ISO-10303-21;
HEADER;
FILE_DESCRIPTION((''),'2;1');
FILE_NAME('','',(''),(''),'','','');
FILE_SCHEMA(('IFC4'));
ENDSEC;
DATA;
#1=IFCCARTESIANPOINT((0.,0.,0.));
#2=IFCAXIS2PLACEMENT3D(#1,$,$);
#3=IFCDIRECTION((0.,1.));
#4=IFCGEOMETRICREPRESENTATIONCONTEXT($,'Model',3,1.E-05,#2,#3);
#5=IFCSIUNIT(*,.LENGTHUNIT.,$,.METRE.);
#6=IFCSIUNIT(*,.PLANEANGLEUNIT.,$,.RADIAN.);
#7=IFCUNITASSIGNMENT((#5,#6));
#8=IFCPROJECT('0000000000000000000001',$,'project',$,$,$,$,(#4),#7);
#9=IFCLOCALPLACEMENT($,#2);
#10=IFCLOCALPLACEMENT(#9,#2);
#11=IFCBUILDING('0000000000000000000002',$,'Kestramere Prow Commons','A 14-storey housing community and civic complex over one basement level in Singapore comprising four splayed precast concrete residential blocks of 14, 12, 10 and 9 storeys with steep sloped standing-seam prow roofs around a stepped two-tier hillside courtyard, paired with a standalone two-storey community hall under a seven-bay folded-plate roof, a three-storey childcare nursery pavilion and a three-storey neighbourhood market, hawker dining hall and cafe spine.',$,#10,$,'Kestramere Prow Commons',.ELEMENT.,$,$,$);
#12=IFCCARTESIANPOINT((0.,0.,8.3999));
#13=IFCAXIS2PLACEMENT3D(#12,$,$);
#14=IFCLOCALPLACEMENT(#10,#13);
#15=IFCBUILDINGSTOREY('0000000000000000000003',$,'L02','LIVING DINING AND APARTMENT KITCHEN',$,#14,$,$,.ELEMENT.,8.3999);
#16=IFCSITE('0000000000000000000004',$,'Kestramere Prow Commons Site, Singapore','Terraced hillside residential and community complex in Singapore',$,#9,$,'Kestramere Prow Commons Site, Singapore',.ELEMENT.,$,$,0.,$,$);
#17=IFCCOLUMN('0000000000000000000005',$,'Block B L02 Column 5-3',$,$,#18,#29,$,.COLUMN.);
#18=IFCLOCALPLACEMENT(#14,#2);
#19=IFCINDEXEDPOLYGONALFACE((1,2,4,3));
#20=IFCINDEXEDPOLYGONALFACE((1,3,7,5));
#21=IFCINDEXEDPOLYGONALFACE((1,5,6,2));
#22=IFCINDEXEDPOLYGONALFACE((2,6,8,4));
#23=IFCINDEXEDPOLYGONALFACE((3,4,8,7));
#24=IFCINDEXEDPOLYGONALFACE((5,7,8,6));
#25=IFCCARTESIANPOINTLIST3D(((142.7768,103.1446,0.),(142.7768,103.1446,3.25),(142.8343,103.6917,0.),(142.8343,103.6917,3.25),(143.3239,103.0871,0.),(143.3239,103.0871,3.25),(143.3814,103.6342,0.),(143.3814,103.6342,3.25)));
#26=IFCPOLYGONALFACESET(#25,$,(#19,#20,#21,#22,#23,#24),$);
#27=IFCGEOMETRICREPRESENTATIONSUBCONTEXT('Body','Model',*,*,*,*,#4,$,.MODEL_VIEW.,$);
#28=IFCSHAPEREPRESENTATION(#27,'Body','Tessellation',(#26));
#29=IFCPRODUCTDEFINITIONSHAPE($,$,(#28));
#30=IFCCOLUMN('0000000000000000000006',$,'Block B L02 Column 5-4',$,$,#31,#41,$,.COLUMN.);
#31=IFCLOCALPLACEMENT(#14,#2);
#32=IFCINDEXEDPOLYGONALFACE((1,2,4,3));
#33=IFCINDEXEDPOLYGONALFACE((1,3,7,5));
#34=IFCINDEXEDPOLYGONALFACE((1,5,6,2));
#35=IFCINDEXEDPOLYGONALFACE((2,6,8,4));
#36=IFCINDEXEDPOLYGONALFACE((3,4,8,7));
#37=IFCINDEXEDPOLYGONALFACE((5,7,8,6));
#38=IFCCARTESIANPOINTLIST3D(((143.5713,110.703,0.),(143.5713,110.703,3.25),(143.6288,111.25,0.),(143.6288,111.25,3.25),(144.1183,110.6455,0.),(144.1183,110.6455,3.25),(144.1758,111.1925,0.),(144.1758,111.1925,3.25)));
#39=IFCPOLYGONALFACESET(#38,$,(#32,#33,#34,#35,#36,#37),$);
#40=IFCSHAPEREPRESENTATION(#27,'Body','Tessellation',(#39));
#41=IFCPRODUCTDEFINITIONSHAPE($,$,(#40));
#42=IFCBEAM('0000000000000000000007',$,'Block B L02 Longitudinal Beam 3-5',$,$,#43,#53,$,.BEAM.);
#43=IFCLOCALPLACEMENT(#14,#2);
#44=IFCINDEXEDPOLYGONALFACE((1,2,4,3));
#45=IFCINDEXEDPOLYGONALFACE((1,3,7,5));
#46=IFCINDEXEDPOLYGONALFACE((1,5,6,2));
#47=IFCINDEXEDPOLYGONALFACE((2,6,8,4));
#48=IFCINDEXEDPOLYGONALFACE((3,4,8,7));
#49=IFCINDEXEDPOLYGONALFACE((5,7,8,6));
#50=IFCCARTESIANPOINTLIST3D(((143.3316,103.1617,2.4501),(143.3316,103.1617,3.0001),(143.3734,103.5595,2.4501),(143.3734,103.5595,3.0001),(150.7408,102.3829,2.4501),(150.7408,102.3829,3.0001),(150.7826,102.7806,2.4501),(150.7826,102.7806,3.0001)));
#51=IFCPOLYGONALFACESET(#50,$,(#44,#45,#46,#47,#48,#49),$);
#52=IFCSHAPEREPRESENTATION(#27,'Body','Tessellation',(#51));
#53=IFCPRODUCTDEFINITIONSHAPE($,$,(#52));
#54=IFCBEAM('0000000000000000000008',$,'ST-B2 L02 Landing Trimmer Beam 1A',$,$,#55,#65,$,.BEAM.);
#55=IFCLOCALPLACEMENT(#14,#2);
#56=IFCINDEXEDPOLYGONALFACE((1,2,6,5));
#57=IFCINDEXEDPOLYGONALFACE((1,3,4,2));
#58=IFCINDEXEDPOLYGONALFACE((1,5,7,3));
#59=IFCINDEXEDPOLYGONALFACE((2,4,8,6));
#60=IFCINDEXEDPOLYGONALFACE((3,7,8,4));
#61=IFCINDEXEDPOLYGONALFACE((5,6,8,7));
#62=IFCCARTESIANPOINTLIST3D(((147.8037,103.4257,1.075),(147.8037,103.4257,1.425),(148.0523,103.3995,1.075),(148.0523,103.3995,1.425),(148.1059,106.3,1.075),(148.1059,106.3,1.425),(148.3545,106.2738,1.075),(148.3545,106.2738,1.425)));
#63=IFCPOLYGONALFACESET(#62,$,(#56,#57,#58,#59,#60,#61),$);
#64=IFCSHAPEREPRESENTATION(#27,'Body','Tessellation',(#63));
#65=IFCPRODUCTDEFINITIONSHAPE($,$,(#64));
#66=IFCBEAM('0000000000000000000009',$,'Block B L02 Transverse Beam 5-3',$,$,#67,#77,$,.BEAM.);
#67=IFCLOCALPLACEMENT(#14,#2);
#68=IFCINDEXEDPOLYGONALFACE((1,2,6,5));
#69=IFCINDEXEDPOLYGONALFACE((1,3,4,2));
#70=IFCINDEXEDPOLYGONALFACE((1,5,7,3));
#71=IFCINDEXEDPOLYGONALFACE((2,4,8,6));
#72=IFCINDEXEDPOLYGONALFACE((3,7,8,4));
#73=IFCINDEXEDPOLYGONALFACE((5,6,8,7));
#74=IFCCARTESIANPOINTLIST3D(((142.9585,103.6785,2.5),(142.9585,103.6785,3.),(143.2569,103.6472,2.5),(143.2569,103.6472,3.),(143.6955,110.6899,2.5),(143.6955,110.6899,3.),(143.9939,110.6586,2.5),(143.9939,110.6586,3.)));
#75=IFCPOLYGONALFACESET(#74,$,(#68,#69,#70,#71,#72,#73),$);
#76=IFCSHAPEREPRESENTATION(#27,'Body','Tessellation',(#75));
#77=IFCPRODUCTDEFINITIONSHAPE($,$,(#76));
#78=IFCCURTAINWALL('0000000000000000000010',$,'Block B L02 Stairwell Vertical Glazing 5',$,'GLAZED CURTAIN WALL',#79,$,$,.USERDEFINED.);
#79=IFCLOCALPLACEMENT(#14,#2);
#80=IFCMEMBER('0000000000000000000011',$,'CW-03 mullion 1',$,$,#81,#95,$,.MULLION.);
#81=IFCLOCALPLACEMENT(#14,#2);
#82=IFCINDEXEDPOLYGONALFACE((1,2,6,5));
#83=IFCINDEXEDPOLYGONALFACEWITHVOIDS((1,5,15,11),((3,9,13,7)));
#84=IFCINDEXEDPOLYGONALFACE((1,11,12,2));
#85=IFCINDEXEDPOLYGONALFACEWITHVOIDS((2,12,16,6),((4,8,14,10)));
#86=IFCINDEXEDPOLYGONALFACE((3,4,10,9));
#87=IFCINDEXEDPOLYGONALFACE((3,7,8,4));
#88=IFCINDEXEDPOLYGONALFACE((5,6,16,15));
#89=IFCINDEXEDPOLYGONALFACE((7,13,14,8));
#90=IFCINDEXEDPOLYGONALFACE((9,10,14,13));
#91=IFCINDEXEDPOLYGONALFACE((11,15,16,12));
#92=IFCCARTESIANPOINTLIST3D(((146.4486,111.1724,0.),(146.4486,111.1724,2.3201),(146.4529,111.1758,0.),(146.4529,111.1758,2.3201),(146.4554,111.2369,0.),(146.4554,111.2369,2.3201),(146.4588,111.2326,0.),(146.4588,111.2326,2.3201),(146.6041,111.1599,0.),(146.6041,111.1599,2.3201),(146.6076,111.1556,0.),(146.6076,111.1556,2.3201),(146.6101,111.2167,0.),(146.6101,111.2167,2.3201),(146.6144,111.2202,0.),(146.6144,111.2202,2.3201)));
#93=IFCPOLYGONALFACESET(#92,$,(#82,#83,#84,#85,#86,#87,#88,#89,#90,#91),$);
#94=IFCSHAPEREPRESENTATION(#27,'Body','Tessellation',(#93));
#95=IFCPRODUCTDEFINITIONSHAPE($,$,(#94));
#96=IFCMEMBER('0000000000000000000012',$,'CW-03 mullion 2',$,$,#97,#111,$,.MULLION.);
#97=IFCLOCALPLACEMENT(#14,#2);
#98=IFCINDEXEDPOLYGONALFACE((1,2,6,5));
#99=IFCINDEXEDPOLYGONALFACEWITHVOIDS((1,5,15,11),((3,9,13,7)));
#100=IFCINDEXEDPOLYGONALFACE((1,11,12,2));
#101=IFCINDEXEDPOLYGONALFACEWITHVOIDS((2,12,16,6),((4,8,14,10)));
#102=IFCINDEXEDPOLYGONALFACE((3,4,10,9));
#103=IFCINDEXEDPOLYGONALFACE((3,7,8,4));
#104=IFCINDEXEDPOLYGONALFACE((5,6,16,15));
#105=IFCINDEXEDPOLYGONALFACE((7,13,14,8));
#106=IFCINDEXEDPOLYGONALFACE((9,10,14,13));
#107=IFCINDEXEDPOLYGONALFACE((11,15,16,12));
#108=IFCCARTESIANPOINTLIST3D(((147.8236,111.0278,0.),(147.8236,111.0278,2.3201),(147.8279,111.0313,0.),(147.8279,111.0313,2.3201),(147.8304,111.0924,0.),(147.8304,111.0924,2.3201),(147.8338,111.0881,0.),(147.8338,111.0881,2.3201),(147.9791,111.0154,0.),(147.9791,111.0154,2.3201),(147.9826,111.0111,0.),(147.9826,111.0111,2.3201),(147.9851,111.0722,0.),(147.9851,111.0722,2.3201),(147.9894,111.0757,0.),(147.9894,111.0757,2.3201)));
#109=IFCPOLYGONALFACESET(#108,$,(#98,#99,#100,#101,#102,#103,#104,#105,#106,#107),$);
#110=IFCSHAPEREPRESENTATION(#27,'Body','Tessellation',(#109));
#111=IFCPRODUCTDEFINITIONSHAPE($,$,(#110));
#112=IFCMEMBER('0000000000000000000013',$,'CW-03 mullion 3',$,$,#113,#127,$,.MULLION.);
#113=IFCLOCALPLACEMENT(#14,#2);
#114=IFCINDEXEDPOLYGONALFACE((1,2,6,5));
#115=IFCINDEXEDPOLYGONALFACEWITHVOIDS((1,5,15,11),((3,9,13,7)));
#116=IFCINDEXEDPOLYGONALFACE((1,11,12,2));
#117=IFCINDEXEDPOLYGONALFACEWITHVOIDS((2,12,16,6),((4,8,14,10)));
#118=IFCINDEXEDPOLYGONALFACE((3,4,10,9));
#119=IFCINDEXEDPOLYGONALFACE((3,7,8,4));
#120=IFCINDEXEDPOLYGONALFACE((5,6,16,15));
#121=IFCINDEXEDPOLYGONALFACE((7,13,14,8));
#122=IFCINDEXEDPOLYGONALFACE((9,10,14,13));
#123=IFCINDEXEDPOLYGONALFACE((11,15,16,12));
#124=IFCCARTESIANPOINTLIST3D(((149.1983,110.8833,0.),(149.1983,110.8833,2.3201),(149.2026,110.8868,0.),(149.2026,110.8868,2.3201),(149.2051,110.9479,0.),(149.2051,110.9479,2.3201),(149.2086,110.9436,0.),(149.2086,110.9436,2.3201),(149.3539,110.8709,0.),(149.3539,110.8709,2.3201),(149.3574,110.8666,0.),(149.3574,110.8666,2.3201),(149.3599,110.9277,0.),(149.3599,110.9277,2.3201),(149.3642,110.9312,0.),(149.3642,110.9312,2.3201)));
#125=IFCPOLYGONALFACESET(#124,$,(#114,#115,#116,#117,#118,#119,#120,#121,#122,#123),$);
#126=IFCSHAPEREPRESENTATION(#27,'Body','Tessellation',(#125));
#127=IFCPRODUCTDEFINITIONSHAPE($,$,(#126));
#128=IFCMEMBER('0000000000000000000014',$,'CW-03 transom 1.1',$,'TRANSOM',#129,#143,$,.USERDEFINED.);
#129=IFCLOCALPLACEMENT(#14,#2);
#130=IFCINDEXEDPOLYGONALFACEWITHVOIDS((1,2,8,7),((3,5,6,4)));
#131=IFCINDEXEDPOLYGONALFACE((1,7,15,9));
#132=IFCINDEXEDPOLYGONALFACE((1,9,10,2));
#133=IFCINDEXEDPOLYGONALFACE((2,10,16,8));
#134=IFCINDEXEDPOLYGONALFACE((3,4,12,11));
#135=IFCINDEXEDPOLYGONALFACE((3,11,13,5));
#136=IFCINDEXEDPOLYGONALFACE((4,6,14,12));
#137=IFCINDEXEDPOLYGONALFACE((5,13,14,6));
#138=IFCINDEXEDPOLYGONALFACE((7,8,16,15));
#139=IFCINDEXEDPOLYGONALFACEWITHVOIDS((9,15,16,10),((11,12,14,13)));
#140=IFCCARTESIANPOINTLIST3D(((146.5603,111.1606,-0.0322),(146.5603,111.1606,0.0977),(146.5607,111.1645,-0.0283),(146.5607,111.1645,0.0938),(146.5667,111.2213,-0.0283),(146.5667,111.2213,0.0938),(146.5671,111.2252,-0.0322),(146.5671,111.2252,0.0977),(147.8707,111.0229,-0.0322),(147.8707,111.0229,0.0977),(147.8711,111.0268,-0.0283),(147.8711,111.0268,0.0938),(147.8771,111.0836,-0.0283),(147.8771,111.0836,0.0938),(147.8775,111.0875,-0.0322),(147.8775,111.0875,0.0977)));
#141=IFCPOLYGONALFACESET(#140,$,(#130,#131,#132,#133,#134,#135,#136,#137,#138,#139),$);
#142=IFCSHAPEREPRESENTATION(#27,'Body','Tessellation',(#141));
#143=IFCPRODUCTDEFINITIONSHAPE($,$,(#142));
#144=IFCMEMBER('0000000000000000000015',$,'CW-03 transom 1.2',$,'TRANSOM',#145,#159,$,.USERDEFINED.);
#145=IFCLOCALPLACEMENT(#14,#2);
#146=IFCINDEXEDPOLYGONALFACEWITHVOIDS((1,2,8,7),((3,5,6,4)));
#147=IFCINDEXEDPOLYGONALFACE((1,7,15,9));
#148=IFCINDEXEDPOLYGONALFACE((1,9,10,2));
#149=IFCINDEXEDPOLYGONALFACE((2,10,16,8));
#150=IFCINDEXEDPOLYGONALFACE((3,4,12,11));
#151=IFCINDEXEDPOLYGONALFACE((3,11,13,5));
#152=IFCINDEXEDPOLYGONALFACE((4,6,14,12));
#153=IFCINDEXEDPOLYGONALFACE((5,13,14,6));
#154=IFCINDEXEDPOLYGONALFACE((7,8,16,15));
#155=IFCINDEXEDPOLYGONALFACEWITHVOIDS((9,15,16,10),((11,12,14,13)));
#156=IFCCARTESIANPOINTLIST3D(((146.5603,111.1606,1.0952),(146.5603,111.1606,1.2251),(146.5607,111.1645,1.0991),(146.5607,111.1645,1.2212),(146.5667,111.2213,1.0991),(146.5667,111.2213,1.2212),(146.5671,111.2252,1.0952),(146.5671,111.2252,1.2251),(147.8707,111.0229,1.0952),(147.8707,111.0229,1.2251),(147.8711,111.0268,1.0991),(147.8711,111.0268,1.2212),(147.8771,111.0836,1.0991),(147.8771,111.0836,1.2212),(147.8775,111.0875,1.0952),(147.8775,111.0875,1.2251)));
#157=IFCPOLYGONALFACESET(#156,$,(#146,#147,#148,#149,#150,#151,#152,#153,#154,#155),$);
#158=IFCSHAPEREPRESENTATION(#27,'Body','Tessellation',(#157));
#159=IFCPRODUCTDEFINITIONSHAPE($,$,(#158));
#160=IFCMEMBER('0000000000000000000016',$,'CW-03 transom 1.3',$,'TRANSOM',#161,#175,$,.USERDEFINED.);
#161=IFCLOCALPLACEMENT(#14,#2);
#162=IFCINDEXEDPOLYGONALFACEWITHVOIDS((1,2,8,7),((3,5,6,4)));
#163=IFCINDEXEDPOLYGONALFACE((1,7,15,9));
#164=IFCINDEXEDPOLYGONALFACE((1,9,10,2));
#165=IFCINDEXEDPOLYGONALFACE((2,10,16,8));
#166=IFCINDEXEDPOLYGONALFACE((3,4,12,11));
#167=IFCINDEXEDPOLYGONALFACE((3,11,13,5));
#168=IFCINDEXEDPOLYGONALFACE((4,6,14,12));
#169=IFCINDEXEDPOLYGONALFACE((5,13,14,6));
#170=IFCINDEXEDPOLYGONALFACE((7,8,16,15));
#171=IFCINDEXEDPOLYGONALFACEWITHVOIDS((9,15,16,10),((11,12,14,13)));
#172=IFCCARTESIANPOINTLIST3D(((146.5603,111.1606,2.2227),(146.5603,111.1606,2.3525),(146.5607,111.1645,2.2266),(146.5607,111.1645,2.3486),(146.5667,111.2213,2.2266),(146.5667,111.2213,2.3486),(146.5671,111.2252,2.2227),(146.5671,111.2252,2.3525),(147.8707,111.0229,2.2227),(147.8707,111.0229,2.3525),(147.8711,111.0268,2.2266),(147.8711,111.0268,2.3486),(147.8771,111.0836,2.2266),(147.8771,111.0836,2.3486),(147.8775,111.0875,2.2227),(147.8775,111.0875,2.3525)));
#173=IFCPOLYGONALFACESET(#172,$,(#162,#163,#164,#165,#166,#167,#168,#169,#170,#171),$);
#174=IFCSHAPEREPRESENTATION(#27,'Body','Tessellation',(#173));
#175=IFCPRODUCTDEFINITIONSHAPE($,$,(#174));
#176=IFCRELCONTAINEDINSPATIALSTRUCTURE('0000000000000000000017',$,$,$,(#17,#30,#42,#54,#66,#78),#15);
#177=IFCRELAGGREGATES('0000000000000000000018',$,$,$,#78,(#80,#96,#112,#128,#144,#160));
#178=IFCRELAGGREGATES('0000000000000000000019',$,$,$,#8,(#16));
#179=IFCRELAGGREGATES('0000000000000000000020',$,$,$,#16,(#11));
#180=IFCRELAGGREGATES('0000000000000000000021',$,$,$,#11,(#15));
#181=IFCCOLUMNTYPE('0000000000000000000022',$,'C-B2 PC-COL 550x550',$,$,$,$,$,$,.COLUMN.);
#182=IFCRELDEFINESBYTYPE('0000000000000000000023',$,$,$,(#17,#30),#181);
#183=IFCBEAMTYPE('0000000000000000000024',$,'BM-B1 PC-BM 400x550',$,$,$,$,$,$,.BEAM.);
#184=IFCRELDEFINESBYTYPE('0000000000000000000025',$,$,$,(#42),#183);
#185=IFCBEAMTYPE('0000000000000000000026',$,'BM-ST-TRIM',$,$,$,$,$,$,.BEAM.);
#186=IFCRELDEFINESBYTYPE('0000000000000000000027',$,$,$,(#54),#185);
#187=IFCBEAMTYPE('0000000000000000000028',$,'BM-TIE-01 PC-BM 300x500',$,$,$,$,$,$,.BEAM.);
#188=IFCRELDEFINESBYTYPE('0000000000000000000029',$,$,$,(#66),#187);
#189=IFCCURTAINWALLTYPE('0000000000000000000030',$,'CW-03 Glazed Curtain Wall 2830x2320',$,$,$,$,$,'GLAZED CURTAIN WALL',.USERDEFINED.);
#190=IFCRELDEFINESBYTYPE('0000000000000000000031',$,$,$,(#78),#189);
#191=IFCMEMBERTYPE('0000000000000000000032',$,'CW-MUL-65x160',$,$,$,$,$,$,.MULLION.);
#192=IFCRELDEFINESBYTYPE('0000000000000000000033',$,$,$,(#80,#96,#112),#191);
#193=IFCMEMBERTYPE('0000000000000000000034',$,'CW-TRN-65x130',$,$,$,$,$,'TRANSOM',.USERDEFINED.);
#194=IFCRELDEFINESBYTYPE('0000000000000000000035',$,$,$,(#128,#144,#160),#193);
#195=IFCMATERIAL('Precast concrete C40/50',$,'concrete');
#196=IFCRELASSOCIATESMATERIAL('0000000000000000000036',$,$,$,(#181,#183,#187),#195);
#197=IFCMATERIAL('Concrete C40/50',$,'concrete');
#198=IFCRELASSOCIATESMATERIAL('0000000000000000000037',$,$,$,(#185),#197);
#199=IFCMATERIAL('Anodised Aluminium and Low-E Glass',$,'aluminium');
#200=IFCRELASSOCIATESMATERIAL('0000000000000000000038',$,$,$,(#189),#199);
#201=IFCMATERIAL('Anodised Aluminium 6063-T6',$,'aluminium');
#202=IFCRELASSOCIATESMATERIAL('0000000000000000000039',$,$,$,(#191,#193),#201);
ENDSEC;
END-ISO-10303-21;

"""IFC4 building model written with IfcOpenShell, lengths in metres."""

from ifc_helpers import new_model, si_unit, direction, frame, origin, origin_2d, place, context, subcontext, project, spatial, rectangle, hollow_rectangle, extrude, material, material_profile, profile_set, type_object, element, aggregate, save


model = new_model("IFC4")

# Units and contexts
model_context = context("Model", 3, precision=1e-05, world=origin(), true_north=direction((0.0, 1.0)))
body_context = subcontext(model_context, "Body", "Model", "MODEL_VIEW")
ifc_project = project(units=[si_unit("LENGTHUNIT", "METRE"), si_unit("PLANEANGLEUNIT", "RADIAN")], contexts=[model_context])

# Site, building, storey
site_placement = place(None, origin())
site = spatial("IfcSite", under=ifc_project, at=site_placement, Name="Kestramere Prow Commons Site, Singapore", Description="Terraced hillside residential and community complex in Singapore", LongName="Kestramere Prow Commons Site, Singapore", CompositionType="ELEMENT", RefElevation=0.0)
building_placement = place(site_placement, origin())
building = spatial("IfcBuilding", under=site, at=building_placement, Name="Kestramere Prow Commons", Description="A 14-storey housing community and civic complex over one basement level in Singapore comprising four splayed precast concrete residential blocks of 14, 12, 10 and 9 storeys with steep sloped standing-seam prow roofs around a stepped two-tier hillside courtyard, paired with a standalone two-storey community hall under a seven-bay folded-plate roof, a three-storey childcare nursery pavilion and a three-storey neighbourhood market, hawker dining hall and cafe spine.", LongName="Kestramere Prow Commons", CompositionType="ELEMENT")
storey_placement = place(building_placement, frame((0.0, 0.0, 8.3999)))
storey = spatial("IfcBuildingStorey", under=building, at=storey_placement, Name="L02", Description="LIVING DINING AND APARTMENT KITCHEN", CompositionType="ELEMENT", Elevation=8.3999)

# Columns
ifc_material_1 = material(Name="Precast concrete C40/50", Category="concrete")
ifc_material_profile_1 = material_profile(ifc_material_1, rectangle(XDim=0.55, YDim=0.55, at=origin_2d()), Name="PC-COL 550x550")
ifc_profile_set_1 = profile_set([ifc_material_profile_1], Name="Precast concrete C40/50")
column_type = type_object("IfcColumnType", Name="C-B2 PC-COL 550x550", PredefinedType="COLUMN", material=ifc_profile_set_1)
for number, where, z_axis, x_axis, name in (
    (1, (143.0791, 103.3894, 0.0), (0.0, 0.0, 1.0), (0.994522, -0.104528, 0.0), "Block B L02 Column 5-3"),
    (2, (143.8735, 110.9478, 0.0), (0.0, 0.0, 1.0), (0.994522, -0.104528, 0.0), "Block B L02 Column 5-4"),
):
    element("IfcColumn", number, at=place(storey_placement, frame(where, z_axis=z_axis, x_axis=x_axis)), inside=storey, type_object=column_type, Name=name, PredefinedType="COLUMN", context=body_context, shape_type="SweptSolid", body=[
        extrude(rectangle(XDim=0.55, YDim=0.55, at=origin_2d()), origin(), (0.0, 0.0, 1.0), 3.25),
    ])

# Beams
ifc_material_profile_2 = material_profile(ifc_material_1, rectangle(XDim=0.3999, YDim=0.55, at=origin_2d()), Name="PC-BM 400x550")
ifc_profile_set_2 = profile_set([ifc_material_profile_2], Name="Precast concrete C40/50")
beam_type_1 = type_object("IfcBeamType", Name="BM-B1 PC-BM 400x550", PredefinedType="BEAM", material=ifc_profile_set_2)
beam_1_placement = place(storey_placement, frame((143.3525, 103.3606, 2.7251), z_axis=(0.994521, -0.104538, 0.0), x_axis=(0.104538, 0.994521, 0.0)))
element("IfcBeam", 3, at=beam_1_placement, inside=storey, type_object=beam_type_1, Name="Block B L02 Longitudinal Beam 3-5", PredefinedType="BEAM", context=body_context, shape_type="SweptSolid", body=[
    extrude(rectangle(XDim=0.3999, YDim=0.55, at=origin_2d()), origin(), (0.0, 0.0, 1.0), 7.45),
])
ifc_material_2 = material(Name="Concrete C40/50", Category="concrete")
ifc_material_profile_3 = material_profile(ifc_material_2, rectangle(XDim=0.25, YDim=0.3501, at=origin_2d()), Name="PC-BM 250x350")
ifc_profile_set_3 = profile_set([ifc_material_profile_3], Name="Concrete C40/50")
beam_type_2 = type_object("IfcBeamType", Name="BM-ST-TRIM", PredefinedType="BEAM", material=ifc_profile_set_3)
beam_2_placement = place(storey_placement, frame((147.928, 103.4126, 1.25), z_axis=(0.104579, 0.994517, 0.0), x_axis=(-0.994517, 0.104579, 0.0)))
element("IfcBeam", 4, at=beam_2_placement, inside=storey, type_object=beam_type_2, Name="ST-B2 L02 Landing Trimmer Beam 1A", PredefinedType="BEAM", context=body_context, shape_type="SweptSolid", body=[
    extrude(rectangle(XDim=0.25, YDim=0.3501, at=origin_2d()), origin(), (0.0, 0.0, 1.0), 2.8901),
])
ifc_material_profile_4 = material_profile(ifc_material_1, rectangle(XDim=0.3, YDim=0.5, at=origin_2d()), Name="PC-BM 300x500")
ifc_profile_set_4 = profile_set([ifc_material_profile_4], Name="Precast concrete C40/50")
beam_type_3 = type_object("IfcBeamType", Name="BM-TIE-01 PC-BM 300x500", PredefinedType="BEAM", material=ifc_profile_set_4)
beam_3_placement = place(storey_placement, frame((143.1077, 103.6628, 2.75), z_axis=(0.104546, 0.99452, 0.0), x_axis=(-0.99452, 0.104546, 0.0)))
element("IfcBeam", 5, at=beam_3_placement, inside=storey, type_object=beam_type_3, Name="Block B L02 Transverse Beam 5-3", PredefinedType="BEAM", context=body_context, shape_type="SweptSolid", body=[
    extrude(rectangle(XDim=0.3, YDim=0.5, at=origin_2d()), origin(), (0.0, 0.0, 1.0), 7.05),
])

# Curtain wall, members
ifc_material_3 = material(Name="Anodised Aluminium and Low-E Glass", Category="aluminium")
curtain_wall_type = type_object("IfcCurtainWallType", Name="CW-03 Glazed Curtain Wall 2830x2320", ElementType="GLAZED CURTAIN WALL", PredefinedType="USERDEFINED", material=ifc_material_3)
curtain_wall_placement = place(storey_placement, origin())
curtain_wall = element("IfcCurtainWall", 6, at=curtain_wall_placement, inside=storey, type_object=curtain_wall_type, Name="Block B L02 Stairwell Vertical Glazing 5", ObjectType="GLAZED CURTAIN WALL", PredefinedType="USERDEFINED")
ifc_material_4 = material(Name="Anodised Aluminium 6063-T6", Category="aluminium")
ifc_material_profile_5 = material_profile(ifc_material_4, hollow_rectangle(XDim=0.0649, YDim=0.1599, WallThickness=0.0039, at=origin_2d()), Name="ALU-MUL 65x160")
ifc_profile_set_5 = profile_set([ifc_material_profile_5], Name="Anodised Aluminium 6063-T6")
member_type_1 = type_object("IfcMemberType", Name="CW-MUL-65x160", PredefinedType="MULLION", material=ifc_profile_set_5)
member_1_placement = place(storey_placement, frame((146.5315, 111.1963, 0.0), z_axis=(0.0, 0.0, 1.0), x_axis=(0.104528, 0.994522, 0.0)))
member_1 = element("IfcMember", 7, at=member_1_placement, type_object=member_type_1, Name="CW-03 mullion 1", PredefinedType="MULLION", context=body_context, shape_type="SweptSolid", body=[
    extrude(hollow_rectangle(XDim=0.0649, YDim=0.1599, WallThickness=0.0039, at=origin_2d()), origin(), (0.0, 0.0, 1.0), 2.3201),
])
member_2_placement = place(storey_placement, frame((147.9065, 111.0518, 0.0), z_axis=(0.0, 0.0, 1.0), x_axis=(0.104528, 0.994522, 0.0)))
member_2 = element("IfcMember", 8, at=member_2_placement, type_object=member_type_1, Name="CW-03 mullion 2", PredefinedType="MULLION", context=body_context, shape_type="SweptSolid", body=[
    extrude(hollow_rectangle(XDim=0.0649, YDim=0.1599, WallThickness=0.0039, at=origin_2d()), origin(), (0.0, 0.0, 1.0), 2.3201),
])
member_3_placement = place(storey_placement, frame((149.2812, 110.9072, 0.0), z_axis=(0.0, 0.0, 1.0), x_axis=(0.104528, 0.994522, 0.0)))
member_3 = element("IfcMember", 9, at=member_3_placement, type_object=member_type_1, Name="CW-03 mullion 3", PredefinedType="MULLION", context=body_context, shape_type="SweptSolid", body=[
    extrude(hollow_rectangle(XDim=0.0649, YDim=0.1599, WallThickness=0.0039, at=origin_2d()), origin(), (0.0, 0.0, 1.0), 2.3201),
])
ifc_material_profile_6 = material_profile(ifc_material_4, hollow_rectangle(XDim=0.0649, YDim=0.1299, WallThickness=0.0039, at=origin_2d()), Name="ALU-TRN 65x130")
ifc_profile_set_6 = profile_set([ifc_material_profile_6], Name="Anodised Aluminium 6063-T6")
member_type_2 = type_object("IfcMemberType", Name="CW-TRN-65x130", ElementType="TRANSOM", PredefinedType="USERDEFINED", material=ifc_profile_set_6)
member_4_placement = place(storey_placement, frame((146.5637, 111.1929, 0.0327), z_axis=(0.994524, -0.104511, 0.0), x_axis=(0.104511, 0.994524, 0.0)))
member_4 = element("IfcMember", 10, at=member_4_placement, type_object=member_type_2, Name="CW-03 transom 1.1", ObjectType="TRANSOM", PredefinedType="USERDEFINED", context=body_context, shape_type="SweptSolid", body=[
    extrude(hollow_rectangle(XDim=0.0649, YDim=0.1299, WallThickness=0.0039, at=origin_2d()), origin(), (0.0, 0.0, 1.0), 1.3176),
])
member_5_placement = place(storey_placement, frame((146.5637, 111.1929, 1.1602), z_axis=(0.994524, -0.104511, 0.0), x_axis=(0.104511, 0.994524, 0.0)))
member_5 = element("IfcMember", 11, at=member_5_placement, type_object=member_type_2, Name="CW-03 transom 1.2", ObjectType="TRANSOM", PredefinedType="USERDEFINED", context=body_context, shape_type="SweptSolid", body=[
    extrude(hollow_rectangle(XDim=0.0649, YDim=0.1299, WallThickness=0.0039, at=origin_2d()), origin(), (0.0, 0.0, 1.0), 1.3176),
])
member_6_placement = place(storey_placement, frame((146.5637, 111.1929, 2.2876), z_axis=(0.994524, -0.104511, 0.0), x_axis=(0.104511, 0.994524, 0.0)))
member_6 = element("IfcMember", 12, at=member_6_placement, type_object=member_type_2, Name="CW-03 transom 1.3", ObjectType="TRANSOM", PredefinedType="USERDEFINED", context=body_context, shape_type="SweptSolid", body=[
    extrude(hollow_rectangle(XDim=0.0649, YDim=0.1299, WallThickness=0.0039, at=origin_2d()), origin(), (0.0, 0.0, 1.0), 1.3176),
])

aggregate(curtain_wall, [member_1, member_2, member_3, member_4, member_5, member_6])

save(model, "model.ifc")
